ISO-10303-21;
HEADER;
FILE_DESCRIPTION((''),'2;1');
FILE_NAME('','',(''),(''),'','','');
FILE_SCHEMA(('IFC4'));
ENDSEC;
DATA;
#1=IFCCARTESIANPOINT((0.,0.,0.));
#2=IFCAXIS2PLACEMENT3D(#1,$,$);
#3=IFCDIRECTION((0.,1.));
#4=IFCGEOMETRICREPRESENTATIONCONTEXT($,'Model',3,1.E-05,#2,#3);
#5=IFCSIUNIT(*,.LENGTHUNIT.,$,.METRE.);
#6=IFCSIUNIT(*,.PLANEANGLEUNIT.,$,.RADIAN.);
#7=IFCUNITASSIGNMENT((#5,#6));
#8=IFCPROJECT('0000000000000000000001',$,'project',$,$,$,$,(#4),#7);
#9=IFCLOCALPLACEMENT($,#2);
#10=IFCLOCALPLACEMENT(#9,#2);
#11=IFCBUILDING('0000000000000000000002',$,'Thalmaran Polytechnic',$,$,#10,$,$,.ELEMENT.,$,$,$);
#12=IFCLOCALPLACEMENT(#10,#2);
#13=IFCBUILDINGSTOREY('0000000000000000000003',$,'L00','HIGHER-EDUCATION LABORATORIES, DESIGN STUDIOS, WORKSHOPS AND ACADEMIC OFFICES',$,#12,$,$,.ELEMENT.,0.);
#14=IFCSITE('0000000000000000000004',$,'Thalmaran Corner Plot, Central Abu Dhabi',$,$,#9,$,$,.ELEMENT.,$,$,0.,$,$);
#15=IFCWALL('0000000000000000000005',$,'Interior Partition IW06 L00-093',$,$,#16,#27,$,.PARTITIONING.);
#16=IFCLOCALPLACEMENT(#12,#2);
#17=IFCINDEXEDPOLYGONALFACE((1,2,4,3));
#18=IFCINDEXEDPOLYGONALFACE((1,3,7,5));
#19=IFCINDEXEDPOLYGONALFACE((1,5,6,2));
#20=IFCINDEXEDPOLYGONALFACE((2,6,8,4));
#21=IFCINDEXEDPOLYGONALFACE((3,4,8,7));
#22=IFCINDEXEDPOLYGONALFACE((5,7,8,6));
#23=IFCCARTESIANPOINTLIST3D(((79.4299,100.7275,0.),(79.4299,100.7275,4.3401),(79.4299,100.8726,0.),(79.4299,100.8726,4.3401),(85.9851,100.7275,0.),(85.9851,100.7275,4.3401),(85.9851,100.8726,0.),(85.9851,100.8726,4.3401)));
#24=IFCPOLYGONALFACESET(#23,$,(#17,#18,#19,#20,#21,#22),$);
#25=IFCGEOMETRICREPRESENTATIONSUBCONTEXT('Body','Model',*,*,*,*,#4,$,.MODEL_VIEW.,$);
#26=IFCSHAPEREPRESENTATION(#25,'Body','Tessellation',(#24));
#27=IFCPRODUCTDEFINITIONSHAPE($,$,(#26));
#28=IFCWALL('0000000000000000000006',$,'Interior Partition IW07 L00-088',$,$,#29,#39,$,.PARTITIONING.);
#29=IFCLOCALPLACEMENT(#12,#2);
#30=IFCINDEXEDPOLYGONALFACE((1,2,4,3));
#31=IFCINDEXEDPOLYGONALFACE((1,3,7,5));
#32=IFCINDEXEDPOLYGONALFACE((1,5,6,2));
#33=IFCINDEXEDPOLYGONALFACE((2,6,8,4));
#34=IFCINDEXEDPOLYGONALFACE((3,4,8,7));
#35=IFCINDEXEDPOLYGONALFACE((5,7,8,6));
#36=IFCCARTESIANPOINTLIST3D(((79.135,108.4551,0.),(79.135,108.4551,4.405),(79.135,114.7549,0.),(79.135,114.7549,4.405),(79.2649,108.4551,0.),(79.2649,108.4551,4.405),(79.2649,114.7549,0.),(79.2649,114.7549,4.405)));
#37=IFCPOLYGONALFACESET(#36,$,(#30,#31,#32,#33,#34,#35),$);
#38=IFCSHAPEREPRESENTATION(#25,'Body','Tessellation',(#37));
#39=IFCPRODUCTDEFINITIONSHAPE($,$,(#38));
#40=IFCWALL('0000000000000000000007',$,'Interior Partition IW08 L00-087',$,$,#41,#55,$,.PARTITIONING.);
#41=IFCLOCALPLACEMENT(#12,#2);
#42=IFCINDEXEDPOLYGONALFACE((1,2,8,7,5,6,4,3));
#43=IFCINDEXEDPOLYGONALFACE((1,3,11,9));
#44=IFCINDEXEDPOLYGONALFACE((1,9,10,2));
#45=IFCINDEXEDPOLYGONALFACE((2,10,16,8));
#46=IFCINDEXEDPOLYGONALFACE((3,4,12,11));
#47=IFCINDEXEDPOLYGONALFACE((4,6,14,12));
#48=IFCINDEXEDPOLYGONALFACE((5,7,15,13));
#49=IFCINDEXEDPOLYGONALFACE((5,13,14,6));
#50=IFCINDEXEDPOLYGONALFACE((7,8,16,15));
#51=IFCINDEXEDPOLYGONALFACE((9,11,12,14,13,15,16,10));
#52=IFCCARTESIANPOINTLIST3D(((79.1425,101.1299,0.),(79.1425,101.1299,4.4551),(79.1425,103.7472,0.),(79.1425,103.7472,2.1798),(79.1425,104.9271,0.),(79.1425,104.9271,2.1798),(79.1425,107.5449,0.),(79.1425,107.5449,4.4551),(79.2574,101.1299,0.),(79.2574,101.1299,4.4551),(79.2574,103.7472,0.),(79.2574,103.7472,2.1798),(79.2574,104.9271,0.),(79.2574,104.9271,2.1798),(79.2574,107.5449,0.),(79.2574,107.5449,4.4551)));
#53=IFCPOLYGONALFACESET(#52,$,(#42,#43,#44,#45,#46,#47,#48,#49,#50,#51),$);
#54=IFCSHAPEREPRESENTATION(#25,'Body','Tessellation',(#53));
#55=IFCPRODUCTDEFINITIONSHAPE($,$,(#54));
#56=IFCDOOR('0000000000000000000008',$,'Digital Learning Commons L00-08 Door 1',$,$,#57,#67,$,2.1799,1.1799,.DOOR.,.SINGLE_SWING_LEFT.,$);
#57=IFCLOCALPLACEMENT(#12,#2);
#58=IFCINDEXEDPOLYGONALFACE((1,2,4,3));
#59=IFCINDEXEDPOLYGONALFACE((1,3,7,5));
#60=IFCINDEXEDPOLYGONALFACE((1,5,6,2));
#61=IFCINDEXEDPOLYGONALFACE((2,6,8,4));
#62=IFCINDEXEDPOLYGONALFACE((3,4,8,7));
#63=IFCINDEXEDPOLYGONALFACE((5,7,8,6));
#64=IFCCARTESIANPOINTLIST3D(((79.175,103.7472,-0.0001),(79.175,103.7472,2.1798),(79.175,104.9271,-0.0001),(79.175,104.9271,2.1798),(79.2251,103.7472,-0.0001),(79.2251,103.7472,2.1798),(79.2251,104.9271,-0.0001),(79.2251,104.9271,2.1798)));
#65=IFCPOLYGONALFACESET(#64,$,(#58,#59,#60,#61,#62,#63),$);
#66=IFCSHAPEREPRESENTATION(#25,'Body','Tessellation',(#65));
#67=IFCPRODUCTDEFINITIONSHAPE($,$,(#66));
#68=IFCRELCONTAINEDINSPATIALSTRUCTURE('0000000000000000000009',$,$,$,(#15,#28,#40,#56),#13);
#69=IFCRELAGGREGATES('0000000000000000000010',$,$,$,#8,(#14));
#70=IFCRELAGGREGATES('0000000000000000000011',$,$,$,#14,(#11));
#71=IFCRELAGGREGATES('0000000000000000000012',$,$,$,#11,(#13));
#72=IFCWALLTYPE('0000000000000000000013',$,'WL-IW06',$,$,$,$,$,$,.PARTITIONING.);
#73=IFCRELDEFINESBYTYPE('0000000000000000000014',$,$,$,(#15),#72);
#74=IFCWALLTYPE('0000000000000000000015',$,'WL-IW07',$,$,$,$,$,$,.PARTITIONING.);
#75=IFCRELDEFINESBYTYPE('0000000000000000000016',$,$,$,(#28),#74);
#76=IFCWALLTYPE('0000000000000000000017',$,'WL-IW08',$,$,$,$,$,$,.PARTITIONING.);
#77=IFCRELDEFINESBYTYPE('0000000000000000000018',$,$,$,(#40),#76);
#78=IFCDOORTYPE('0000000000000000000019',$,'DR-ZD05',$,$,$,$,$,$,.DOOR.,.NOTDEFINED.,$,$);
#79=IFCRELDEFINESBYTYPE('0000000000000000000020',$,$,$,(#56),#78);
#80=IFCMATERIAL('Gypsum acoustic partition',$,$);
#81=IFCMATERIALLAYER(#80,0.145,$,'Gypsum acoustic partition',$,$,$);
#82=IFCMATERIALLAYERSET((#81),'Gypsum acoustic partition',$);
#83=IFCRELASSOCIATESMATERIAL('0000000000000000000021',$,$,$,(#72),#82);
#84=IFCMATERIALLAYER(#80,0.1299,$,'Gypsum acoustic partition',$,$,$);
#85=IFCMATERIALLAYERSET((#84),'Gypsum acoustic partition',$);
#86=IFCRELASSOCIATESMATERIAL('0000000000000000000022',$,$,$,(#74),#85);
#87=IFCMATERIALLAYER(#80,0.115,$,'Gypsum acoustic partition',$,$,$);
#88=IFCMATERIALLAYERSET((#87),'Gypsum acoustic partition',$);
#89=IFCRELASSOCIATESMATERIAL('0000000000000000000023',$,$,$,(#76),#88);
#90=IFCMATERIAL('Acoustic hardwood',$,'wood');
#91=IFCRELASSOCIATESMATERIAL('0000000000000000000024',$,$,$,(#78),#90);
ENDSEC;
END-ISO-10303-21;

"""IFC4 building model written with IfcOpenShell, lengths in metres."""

from ifc_helpers import new_model, si_unit, direction, frame, frame_2d, origin, place, context, subcontext, project, spatial, rectangle, extrude, material, layer, layer_set, type_object, element, fill, save


model = new_model("IFC4")

# Units and contexts
model_context = context("Model", 3, precision=1e-05, world=origin(), true_north=direction((0.0, 1.0)))
body_context = subcontext(model_context, "Body", "Model", "MODEL_VIEW")
ifc_project = project(units=[si_unit("LENGTHUNIT", "METRE"), si_unit("PLANEANGLEUNIT", "RADIAN")], contexts=[model_context])

# Site, building, storey
site_placement = place(None, origin())
site = spatial("IfcSite", under=ifc_project, at=site_placement, Name="Thalmaran Corner Plot, Central Abu Dhabi", CompositionType="ELEMENT", RefElevation=0.0)
building_placement = place(site_placement, origin())
building = spatial("IfcBuilding", under=site, at=building_placement, Name="Thalmaran Polytechnic", CompositionType="ELEMENT")
storey_placement = place(building_placement, origin())
storey = spatial("IfcBuildingStorey", under=building, at=storey_placement, Name="L00", Description="HIGHER-EDUCATION LABORATORIES, DESIGN STUDIOS, WORKSHOPS AND ACADEMIC OFFICES", CompositionType="ELEMENT", Elevation=0.0)

# Walls
ifc_material_1 = material(Name="Gypsum acoustic partition")
ifc_layer_1 = layer(ifc_material_1, 0.145, Name="Gypsum acoustic partition")
ifc_layer_set_1 = layer_set([ifc_layer_1], Name="Gypsum acoustic partition")
wall_type_1 = type_object("IfcWallType", Name="WL-IW06", PredefinedType="PARTITIONING", material=ifc_layer_set_1)
wall_1_placement = place(storey_placement, frame((79.4299, 100.8, 0.0), z_axis=(0.0, 0.0, 1.0), x_axis=(1.0, 0.0, 0.0)))
element("IfcWall", 1, at=wall_1_placement, inside=storey, type_object=wall_type_1, Name="Interior Partition IW06 L00-093", PredefinedType="PARTITIONING", context=body_context, shape_type="SweptSolid", body=[
    extrude(rectangle(XDim=6.5552, YDim=0.145, at=frame_2d((3.2776, 0.0))), origin(), (0.0, 0.0, 1.0), 4.3401),
])
ifc_layer_2 = layer(ifc_material_1, 0.1299, Name="Gypsum acoustic partition")
ifc_layer_set_2 = layer_set([ifc_layer_2], Name="Gypsum acoustic partition")
wall_type_2 = type_object("IfcWallType", Name="WL-IW07", PredefinedType="PARTITIONING", material=ifc_layer_set_2)
wall_2_placement = place(storey_placement, frame((79.2, 108.4551, 0.0), z_axis=(0.0, 0.0, 1.0), x_axis=(0.0, 1.0, 0.0)))
element("IfcWall", 2, at=wall_2_placement, inside=storey, type_object=wall_type_2, Name="Interior Partition IW07 L00-088", PredefinedType="PARTITIONING", context=body_context, shape_type="SweptSolid", body=[
    extrude(rectangle(XDim=6.2998, YDim=0.1299, at=frame_2d((3.1499, 0.0))), origin(), (0.0, 0.0, 1.0), 4.405),
])

# Wall, opening, door
ifc_layer_3 = layer(ifc_material_1, 0.115, Name="Gypsum acoustic partition")
ifc_layer_set_3 = layer_set([ifc_layer_3], Name="Gypsum acoustic partition")
wall_type_3 = type_object("IfcWallType", Name="WL-IW08", PredefinedType="PARTITIONING", material=ifc_layer_set_3)
wall_3_placement = place(storey_placement, frame((79.2, 101.1299, 0.0), z_axis=(0.0, 0.0, 1.0), x_axis=(0.0, 1.0, 0.0)))
wall_3 = element("IfcWall", 3, at=wall_3_placement, inside=storey, type_object=wall_type_3, Name="Interior Partition IW08 L00-087", PredefinedType="PARTITIONING", context=body_context, shape_type="SweptSolid", body=[
    extrude(rectangle(XDim=6.415, YDim=0.115, at=frame_2d((3.2075, 0.0))), origin(), (0.0, 0.0, 1.0), 4.4551),
])
opening_placement = place(wall_3_placement, frame((2.6174, 0.0, 0.0)))
opening = element("IfcOpeningElement", 4, at=opening_placement, cuts=wall_3, PredefinedType="OPENING", context=body_context, shape_type="SweptSolid", body=[
    extrude(rectangle(XDim=1.1799, YDim=2.1799, at=frame_2d((0.5898, 1.0898))), frame((0.0, 0.0674, 0.0), z_axis=(0.0, -1.0, 0.0), x_axis=(1.0, 0.0, 0.0)), (0.0, 0.0, 1.0), 0.135),
])
ifc_material_2 = material(Name="Acoustic hardwood", Category="wood")
door_type = type_object("IfcDoorType", Name="DR-ZD05", OperationType="NOTDEFINED", PredefinedType="DOOR", material=ifc_material_2)
door_placement = place(opening_placement, origin())
door = element("IfcDoor", 5, at=door_placement, inside=storey, type_object=door_type, Name="Digital Learning Commons L00-08 Door 1", OperationType="SINGLE_SWING_LEFT", OverallHeight=2.1799, OverallWidth=1.1799, PredefinedType="DOOR", context=body_context, shape_type="SweptSolid", body=[
    extrude(rectangle(XDim=1.1799, YDim=2.1799, at=frame_2d((0.5898, 1.0898))), frame((0.0, 0.0249, 0.0), z_axis=(0.0, -1.0, 0.0), x_axis=(1.0, 0.0, 0.0)), (0.0, 0.0, 1.0), 0.05),
])
fill(opening, door)

save(model, "model.ifc")
